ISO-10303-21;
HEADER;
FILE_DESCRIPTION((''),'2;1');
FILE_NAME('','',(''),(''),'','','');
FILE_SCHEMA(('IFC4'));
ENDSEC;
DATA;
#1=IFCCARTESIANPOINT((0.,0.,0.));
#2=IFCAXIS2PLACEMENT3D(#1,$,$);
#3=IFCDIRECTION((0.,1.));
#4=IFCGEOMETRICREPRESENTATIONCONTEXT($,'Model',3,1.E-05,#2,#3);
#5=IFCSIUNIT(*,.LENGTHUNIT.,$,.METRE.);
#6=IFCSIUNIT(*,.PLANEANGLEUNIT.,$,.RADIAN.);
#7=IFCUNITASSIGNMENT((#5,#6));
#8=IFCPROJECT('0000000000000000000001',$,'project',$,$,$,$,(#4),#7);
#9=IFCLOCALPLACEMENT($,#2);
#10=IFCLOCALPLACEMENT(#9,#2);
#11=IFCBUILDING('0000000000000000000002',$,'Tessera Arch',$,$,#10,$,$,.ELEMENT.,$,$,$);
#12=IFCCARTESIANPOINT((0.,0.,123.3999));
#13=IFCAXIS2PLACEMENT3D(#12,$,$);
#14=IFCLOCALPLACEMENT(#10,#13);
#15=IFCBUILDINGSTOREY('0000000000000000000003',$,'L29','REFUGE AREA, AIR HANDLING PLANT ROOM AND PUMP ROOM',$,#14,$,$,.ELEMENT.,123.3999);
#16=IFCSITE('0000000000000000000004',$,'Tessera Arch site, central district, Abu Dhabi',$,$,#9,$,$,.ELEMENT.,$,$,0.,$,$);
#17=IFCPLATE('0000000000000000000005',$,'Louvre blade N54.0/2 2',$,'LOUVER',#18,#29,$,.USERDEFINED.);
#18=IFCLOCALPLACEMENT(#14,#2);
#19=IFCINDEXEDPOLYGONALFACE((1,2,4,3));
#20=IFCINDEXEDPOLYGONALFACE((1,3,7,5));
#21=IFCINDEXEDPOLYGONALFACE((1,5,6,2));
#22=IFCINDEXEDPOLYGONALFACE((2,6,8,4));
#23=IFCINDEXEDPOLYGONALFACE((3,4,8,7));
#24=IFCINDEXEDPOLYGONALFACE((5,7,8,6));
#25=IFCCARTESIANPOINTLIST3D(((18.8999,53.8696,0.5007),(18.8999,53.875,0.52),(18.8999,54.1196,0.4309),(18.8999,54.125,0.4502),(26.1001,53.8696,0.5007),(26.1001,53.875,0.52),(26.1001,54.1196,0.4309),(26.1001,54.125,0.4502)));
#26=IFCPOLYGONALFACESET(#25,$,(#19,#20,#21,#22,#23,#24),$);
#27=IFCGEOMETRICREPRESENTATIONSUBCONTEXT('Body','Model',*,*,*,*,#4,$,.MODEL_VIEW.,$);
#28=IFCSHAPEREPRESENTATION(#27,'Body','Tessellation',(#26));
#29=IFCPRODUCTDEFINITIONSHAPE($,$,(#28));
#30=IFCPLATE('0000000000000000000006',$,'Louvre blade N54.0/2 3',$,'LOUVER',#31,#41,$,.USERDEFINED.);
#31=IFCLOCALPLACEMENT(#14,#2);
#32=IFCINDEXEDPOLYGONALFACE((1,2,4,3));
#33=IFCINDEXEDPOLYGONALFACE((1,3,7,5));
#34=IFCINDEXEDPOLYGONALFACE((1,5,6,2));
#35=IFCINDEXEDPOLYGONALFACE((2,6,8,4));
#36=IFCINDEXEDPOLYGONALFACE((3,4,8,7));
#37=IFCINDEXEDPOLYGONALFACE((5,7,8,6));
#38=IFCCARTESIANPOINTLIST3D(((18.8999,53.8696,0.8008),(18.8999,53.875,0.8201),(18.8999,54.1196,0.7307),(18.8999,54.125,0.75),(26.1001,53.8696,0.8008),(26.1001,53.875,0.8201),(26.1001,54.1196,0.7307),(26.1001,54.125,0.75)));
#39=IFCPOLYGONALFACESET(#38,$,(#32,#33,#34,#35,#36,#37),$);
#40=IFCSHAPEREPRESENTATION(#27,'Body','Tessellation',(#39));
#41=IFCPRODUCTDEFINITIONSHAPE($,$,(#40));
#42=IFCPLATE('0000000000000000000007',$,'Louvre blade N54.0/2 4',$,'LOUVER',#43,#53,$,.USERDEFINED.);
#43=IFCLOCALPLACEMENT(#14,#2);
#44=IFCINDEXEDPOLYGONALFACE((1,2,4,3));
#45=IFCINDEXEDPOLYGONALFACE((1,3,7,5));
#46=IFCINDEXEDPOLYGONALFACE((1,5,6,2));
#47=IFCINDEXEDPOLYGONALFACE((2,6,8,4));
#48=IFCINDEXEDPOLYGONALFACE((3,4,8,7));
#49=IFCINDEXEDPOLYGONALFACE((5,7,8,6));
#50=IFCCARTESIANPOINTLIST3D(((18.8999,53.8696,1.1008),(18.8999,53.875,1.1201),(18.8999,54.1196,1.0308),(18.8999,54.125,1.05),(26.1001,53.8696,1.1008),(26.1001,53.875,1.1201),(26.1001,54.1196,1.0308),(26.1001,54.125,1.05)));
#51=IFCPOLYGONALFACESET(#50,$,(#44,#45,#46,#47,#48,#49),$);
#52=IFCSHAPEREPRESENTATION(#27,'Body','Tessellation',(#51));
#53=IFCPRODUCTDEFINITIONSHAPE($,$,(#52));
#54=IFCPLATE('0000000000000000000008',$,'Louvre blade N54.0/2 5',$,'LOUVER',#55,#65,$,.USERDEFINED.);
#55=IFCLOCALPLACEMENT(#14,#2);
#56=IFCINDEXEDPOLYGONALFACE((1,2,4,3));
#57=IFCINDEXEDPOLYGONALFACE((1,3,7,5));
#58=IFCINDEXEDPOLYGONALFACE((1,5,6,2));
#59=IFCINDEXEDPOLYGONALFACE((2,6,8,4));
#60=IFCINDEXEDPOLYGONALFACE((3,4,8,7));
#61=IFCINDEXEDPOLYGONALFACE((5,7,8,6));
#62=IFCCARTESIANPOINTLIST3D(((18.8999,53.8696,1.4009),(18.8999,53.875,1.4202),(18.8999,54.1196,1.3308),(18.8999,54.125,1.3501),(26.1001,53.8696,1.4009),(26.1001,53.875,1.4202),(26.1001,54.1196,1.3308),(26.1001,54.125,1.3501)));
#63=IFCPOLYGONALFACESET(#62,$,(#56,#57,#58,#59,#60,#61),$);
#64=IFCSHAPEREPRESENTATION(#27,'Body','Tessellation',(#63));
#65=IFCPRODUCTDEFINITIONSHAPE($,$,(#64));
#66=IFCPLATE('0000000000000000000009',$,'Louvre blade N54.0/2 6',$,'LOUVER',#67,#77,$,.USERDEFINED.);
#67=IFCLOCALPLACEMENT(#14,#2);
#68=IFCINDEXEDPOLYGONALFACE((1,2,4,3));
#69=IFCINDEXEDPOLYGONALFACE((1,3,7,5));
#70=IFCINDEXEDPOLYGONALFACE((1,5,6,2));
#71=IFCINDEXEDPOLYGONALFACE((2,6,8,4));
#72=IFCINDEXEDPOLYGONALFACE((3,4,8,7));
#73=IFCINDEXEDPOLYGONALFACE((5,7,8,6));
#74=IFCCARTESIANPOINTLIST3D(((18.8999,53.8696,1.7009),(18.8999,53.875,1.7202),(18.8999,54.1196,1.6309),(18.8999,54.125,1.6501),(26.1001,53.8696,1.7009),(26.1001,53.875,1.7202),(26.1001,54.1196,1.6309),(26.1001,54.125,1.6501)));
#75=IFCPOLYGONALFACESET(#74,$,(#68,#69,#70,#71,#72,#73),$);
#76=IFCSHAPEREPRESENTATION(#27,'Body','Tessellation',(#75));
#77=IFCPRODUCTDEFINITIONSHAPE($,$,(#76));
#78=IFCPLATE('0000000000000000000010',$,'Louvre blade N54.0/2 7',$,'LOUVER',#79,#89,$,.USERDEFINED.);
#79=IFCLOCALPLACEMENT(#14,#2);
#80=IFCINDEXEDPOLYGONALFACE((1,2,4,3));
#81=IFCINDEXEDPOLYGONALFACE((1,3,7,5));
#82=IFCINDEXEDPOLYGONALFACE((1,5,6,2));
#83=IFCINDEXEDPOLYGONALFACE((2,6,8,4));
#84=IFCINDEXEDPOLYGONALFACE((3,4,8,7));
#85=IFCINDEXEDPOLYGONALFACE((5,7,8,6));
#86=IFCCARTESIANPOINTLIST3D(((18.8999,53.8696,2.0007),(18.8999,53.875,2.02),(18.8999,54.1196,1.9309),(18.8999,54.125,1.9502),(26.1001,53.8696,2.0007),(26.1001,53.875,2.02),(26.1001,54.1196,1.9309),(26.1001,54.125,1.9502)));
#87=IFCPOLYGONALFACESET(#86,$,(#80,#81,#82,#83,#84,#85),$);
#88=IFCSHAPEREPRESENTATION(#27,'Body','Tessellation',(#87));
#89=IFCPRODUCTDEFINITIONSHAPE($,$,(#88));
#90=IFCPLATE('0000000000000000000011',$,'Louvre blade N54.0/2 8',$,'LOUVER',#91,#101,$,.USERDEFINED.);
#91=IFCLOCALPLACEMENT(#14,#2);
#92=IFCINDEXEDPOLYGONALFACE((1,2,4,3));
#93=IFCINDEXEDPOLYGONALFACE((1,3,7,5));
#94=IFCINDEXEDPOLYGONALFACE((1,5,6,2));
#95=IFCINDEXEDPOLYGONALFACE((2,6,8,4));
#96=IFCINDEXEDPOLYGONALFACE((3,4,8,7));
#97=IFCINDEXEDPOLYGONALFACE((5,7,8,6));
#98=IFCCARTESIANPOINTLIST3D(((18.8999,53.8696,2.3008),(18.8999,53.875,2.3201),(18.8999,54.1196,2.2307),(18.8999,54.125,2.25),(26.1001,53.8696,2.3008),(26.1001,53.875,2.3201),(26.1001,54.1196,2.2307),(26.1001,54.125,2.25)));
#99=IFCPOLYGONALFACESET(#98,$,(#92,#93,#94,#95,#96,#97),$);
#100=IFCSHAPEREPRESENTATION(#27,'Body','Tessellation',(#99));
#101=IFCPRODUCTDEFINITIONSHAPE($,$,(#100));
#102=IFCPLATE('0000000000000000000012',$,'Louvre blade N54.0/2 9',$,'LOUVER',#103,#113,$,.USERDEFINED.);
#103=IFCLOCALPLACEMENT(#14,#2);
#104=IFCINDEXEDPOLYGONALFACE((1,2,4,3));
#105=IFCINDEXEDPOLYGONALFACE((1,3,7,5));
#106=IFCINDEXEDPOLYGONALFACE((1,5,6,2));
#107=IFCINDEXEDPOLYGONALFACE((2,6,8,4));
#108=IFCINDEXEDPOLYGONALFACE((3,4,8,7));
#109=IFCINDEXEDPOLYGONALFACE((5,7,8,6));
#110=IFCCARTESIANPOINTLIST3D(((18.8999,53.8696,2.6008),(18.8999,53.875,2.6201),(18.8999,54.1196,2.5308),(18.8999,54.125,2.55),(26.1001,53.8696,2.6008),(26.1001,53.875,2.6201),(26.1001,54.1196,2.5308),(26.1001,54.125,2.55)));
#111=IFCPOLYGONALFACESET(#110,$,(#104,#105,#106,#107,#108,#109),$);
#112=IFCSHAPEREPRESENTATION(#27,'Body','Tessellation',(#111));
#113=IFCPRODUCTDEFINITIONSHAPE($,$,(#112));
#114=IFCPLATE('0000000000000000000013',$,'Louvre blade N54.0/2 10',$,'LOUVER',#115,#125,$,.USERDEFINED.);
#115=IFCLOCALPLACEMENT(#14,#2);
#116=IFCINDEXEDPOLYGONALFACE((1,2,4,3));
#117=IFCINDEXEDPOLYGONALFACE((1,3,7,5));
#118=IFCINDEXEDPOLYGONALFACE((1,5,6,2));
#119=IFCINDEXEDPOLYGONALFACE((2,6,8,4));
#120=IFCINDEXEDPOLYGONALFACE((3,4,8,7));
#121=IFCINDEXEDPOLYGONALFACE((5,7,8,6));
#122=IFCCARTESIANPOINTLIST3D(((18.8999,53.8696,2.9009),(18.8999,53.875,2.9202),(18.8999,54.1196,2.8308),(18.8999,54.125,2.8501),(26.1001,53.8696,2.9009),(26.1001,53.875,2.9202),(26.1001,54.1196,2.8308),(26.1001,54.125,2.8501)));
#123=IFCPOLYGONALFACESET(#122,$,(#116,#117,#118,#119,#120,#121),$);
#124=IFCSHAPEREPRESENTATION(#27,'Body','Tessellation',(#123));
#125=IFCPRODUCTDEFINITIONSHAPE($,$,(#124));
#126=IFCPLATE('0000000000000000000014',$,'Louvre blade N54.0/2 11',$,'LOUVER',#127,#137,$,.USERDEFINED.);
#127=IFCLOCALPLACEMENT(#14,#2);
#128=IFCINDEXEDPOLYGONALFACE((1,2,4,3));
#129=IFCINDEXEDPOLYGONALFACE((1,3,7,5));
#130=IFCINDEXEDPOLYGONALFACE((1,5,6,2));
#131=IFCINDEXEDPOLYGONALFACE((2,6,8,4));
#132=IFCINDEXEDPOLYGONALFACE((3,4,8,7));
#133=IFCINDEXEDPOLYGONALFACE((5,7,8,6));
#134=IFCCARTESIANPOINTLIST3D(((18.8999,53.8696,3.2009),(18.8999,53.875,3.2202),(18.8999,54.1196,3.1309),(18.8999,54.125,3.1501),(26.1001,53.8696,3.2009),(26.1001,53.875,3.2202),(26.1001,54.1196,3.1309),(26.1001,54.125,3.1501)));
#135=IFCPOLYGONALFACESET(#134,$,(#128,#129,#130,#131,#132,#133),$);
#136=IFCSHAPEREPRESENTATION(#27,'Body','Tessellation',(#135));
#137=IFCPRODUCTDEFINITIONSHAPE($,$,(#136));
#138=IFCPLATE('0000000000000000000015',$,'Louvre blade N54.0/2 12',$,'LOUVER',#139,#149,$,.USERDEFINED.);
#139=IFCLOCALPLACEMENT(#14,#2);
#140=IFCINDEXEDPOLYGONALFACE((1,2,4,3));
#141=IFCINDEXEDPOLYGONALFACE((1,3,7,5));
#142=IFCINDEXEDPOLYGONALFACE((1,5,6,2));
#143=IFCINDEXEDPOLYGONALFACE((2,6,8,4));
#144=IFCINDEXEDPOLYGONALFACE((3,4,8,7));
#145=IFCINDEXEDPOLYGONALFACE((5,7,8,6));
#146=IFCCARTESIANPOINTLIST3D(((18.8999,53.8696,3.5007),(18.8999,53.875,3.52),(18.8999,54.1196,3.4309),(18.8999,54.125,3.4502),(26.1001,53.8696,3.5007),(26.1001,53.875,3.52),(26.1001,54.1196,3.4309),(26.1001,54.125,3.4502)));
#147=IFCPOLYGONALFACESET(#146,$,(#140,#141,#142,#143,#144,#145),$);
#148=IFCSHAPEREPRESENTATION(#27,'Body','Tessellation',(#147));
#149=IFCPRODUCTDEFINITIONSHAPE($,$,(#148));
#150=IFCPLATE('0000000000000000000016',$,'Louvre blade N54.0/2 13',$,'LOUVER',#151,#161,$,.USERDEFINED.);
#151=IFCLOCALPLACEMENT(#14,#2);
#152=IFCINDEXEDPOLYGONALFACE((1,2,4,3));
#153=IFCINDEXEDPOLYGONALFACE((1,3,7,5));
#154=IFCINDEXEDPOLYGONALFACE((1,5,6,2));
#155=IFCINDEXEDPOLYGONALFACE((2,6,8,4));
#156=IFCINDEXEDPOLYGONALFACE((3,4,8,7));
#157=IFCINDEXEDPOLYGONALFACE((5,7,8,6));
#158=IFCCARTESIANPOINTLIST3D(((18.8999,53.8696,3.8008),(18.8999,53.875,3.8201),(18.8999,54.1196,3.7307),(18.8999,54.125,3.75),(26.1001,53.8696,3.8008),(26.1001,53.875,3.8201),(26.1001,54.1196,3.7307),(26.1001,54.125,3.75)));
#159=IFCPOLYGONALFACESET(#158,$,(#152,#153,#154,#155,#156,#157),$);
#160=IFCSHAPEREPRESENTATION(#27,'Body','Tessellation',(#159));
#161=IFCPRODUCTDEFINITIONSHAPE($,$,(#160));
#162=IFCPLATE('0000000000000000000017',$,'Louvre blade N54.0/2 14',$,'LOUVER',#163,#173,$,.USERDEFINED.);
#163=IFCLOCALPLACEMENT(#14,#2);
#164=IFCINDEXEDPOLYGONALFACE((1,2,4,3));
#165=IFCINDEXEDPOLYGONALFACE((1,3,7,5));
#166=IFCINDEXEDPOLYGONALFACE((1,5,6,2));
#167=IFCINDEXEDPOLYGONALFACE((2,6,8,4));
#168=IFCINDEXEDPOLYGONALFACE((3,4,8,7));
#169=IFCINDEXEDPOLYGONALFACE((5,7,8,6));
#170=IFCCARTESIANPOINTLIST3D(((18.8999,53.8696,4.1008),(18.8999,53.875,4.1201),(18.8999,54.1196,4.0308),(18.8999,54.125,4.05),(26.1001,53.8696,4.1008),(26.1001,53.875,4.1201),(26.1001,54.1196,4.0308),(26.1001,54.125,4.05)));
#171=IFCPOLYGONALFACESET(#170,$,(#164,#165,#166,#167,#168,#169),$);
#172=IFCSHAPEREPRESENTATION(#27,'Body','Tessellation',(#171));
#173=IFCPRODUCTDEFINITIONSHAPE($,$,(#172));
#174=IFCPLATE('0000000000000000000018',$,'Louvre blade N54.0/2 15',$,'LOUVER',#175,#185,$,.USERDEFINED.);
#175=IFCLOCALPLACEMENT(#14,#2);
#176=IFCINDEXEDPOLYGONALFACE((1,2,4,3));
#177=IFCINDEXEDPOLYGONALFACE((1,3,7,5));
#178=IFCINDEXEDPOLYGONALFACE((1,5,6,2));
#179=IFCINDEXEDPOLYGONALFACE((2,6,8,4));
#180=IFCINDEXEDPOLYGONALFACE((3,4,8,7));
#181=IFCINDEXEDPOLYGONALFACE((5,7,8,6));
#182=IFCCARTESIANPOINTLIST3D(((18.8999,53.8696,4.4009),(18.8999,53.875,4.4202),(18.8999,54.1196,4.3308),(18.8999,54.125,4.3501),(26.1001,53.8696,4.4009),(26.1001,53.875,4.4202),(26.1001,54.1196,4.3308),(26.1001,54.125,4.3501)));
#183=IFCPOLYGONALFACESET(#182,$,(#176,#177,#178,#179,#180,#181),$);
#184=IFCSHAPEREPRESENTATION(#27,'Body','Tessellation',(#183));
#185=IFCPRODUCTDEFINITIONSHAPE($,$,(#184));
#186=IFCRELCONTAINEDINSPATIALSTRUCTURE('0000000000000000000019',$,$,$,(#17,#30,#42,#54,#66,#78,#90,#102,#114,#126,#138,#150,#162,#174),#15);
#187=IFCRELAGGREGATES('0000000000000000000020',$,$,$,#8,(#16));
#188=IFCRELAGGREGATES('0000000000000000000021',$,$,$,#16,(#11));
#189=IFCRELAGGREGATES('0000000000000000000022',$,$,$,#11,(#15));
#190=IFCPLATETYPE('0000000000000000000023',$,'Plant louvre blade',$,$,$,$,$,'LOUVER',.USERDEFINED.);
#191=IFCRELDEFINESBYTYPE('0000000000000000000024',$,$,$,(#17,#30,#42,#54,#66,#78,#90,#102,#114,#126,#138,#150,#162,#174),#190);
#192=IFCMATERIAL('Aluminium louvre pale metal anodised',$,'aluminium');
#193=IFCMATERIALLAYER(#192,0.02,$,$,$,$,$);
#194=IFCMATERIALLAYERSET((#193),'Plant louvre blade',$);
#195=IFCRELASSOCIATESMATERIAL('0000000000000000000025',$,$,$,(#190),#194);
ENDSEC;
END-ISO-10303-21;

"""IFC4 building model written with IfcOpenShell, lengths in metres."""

from ifc_helpers import new_model, si_unit, direction, frame, origin, place, context, subcontext, project, spatial, polyline, outline, extrude, material, layer, layer_set, type_object, element, save


model = new_model("IFC4")

# Units and contexts
model_context = context("Model", 3, precision=1e-05, world=origin(), true_north=direction((0.0, 1.0)))
body_context = subcontext(model_context, "Body", "Model", "MODEL_VIEW")
ifc_project = project(units=[si_unit("LENGTHUNIT", "METRE"), si_unit("PLANEANGLEUNIT", "RADIAN")], contexts=[model_context])

# Site, building, storey
site_placement = place(None, origin())
site = spatial("IfcSite", under=ifc_project, at=site_placement, Name="Tessera Arch site, central district, Abu Dhabi", CompositionType="ELEMENT", RefElevation=0.0)
building_placement = place(site_placement, origin())
building = spatial("IfcBuilding", under=site, at=building_placement, Name="Tessera Arch", CompositionType="ELEMENT")
storey_placement = place(building_placement, frame((0.0, 0.0, 123.3999)))
storey = spatial("IfcBuildingStorey", under=building, at=storey_placement, Name="L29", Description="REFUGE AREA, AIR HANDLING PLANT ROOM AND PUMP ROOM", CompositionType="ELEMENT", Elevation=123.3999)

# Plates
ifc_material_1 = material(Name="Aluminium louvre pale metal anodised", Category="aluminium")
ifc_layer_1 = layer(ifc_material_1, 0.02)
ifc_layer_set_1 = layer_set([ifc_layer_1], Name="Plant louvre blade")
plate_type_1 = type_object("IfcPlateType", Name="Plant louvre blade", ElementType="LOUVER", PredefinedType="USERDEFINED", material=ifc_layer_set_1)
plate_1_placement = place(storey_placement, frame((26.1001, 54.125, 0.4502), z_axis=(0.0, 0.269002, 0.96314), x_axis=(-1.0, 0.0, 0.0)))
element("IfcPlate", 1, at=plate_1_placement, inside=storey, type_object=plate_type_1, Name="Louvre blade N54.0/2 2", ObjectType="LOUVER", PredefinedType="USERDEFINED", context=body_context, shape_type="SweptSolid", body=[
    extrude(outline(polyline([(0.0, 0.0), (7.2002, 0.0), (7.2002, 0.2596), (0.0, 0.2596), (0.0, 0.0)])), origin(), (0.0, 0.0, -1.0), 0.02),
])
for number, where, z_axis, x_axis, name in (
    (2, (26.1001, 54.125, 0.75), (0.0, 0.269874, 0.962896), (-1.0, 0.0, 0.0), "Louvre blade N54.0/2 3"),
    (3, (26.1001, 54.125, 1.05), (0.0, 0.269874, 0.962896), (-1.0, 0.0, 0.0), "Louvre blade N54.0/2 4"),
    (4, (26.1001, 54.125, 1.3501), (0.0, 0.269874, 0.962896), (-1.0, 0.0, 0.0), "Louvre blade N54.0/2 5"),
    (5, (26.1001, 54.125, 1.6501), (0.0, 0.269874, 0.962896), (-1.0, 0.0, 0.0), "Louvre blade N54.0/2 6"),
):
    element("IfcPlate", number, at=place(storey_placement, frame(where, z_axis=z_axis, x_axis=x_axis)), inside=storey, type_object=plate_type_1, Name=name, ObjectType="LOUVER", PredefinedType="USERDEFINED", context=body_context, shape_type="SweptSolid", body=[
        extrude(outline(polyline([(0.0, 0.0), (7.2002, 0.0), (7.2002, 0.2596), (0.0, 0.2596), (0.0, 0.0)])), origin(), (0.0, 0.0, -1.0), 0.02),
    ])
plate_2_placement = place(storey_placement, frame((26.1001, 54.125, 1.9502), z_axis=(0.0, 0.269002, 0.96314), x_axis=(-1.0, 0.0, 0.0)))
element("IfcPlate", 6, at=plate_2_placement, inside=storey, type_object=plate_type_1, Name="Louvre blade N54.0/2 7", ObjectType="LOUVER", PredefinedType="USERDEFINED", context=body_context, shape_type="SweptSolid", body=[
    extrude(outline(polyline([(0.0, 0.0), (7.2002, 0.0), (7.2002, 0.2596), (0.0, 0.2596), (0.0, 0.0)])), origin(), (0.0, 0.0, -1.0), 0.02),
])
for number, where, z_axis, x_axis, name in (
    (7, (26.1001, 54.125, 2.25), (0.0, 0.269874, 0.962896), (-1.0, 0.0, 0.0), "Louvre blade N54.0/2 8"),
    (8, (26.1001, 54.125, 2.55), (0.0, 0.269874, 0.962896), (-1.0, 0.0, 0.0), "Louvre blade N54.0/2 9"),
    (9, (26.1001, 54.125, 2.8501), (0.0, 0.269874, 0.962896), (-1.0, 0.0, 0.0), "Louvre blade N54.0/2 10"),
    (10, (26.1001, 54.125, 3.1501), (0.0, 0.269874, 0.962896), (-1.0, 0.0, 0.0), "Louvre blade N54.0/2 11"),
):
    element("IfcPlate", number, at=place(storey_placement, frame(where, z_axis=z_axis, x_axis=x_axis)), inside=storey, type_object=plate_type_1, Name=name, ObjectType="LOUVER", PredefinedType="USERDEFINED", context=body_context, shape_type="SweptSolid", body=[
        extrude(outline(polyline([(0.0, 0.0), (7.2002, 0.0), (7.2002, 0.2596), (0.0, 0.2596), (0.0, 0.0)])), origin(), (0.0, 0.0, -1.0), 0.02),
    ])
plate_3_placement = place(storey_placement, frame((26.1001, 54.125, 3.4502), z_axis=(0.0, 0.269002, 0.96314), x_axis=(-1.0, 0.0, 0.0)))
element("IfcPlate", 11, at=plate_3_placement, inside=storey, type_object=plate_type_1, Name="Louvre blade N54.0/2 12", ObjectType="LOUVER", PredefinedType="USERDEFINED", context=body_context, shape_type="SweptSolid", body=[
    extrude(outline(polyline([(0.0, 0.0), (7.2002, 0.0), (7.2002, 0.2596), (0.0, 0.2596), (0.0, 0.0)])), origin(), (0.0, 0.0, -1.0), 0.02),
])
for number, where, z_axis, x_axis, name in (
    (12, (26.1001, 54.125, 3.75), (0.0, 0.269874, 0.962896), (-1.0, 0.0, 0.0), "Louvre blade N54.0/2 13"),
    (13, (26.1001, 54.125, 4.05), (0.0, 0.269874, 0.962896), (-1.0, 0.0, 0.0), "Louvre blade N54.0/2 14"),
    (14, (26.1001, 54.125, 4.3501), (0.0, 0.269874, 0.962896), (-1.0, 0.0, 0.0), "Louvre blade N54.0/2 15"),
):
    element("IfcPlate", number, at=place(storey_placement, frame(where, z_axis=z_axis, x_axis=x_axis)), inside=storey, type_object=plate_type_1, Name=name, ObjectType="LOUVER", PredefinedType="USERDEFINED", context=body_context, shape_type="SweptSolid", body=[
        extrude(outline(polyline([(0.0, 0.0), (7.2002, 0.0), (7.2002, 0.2596), (0.0, 0.2596), (0.0, 0.0)])), origin(), (0.0, 0.0, -1.0), 0.02),
    ])

save(model, "model.ifc")
